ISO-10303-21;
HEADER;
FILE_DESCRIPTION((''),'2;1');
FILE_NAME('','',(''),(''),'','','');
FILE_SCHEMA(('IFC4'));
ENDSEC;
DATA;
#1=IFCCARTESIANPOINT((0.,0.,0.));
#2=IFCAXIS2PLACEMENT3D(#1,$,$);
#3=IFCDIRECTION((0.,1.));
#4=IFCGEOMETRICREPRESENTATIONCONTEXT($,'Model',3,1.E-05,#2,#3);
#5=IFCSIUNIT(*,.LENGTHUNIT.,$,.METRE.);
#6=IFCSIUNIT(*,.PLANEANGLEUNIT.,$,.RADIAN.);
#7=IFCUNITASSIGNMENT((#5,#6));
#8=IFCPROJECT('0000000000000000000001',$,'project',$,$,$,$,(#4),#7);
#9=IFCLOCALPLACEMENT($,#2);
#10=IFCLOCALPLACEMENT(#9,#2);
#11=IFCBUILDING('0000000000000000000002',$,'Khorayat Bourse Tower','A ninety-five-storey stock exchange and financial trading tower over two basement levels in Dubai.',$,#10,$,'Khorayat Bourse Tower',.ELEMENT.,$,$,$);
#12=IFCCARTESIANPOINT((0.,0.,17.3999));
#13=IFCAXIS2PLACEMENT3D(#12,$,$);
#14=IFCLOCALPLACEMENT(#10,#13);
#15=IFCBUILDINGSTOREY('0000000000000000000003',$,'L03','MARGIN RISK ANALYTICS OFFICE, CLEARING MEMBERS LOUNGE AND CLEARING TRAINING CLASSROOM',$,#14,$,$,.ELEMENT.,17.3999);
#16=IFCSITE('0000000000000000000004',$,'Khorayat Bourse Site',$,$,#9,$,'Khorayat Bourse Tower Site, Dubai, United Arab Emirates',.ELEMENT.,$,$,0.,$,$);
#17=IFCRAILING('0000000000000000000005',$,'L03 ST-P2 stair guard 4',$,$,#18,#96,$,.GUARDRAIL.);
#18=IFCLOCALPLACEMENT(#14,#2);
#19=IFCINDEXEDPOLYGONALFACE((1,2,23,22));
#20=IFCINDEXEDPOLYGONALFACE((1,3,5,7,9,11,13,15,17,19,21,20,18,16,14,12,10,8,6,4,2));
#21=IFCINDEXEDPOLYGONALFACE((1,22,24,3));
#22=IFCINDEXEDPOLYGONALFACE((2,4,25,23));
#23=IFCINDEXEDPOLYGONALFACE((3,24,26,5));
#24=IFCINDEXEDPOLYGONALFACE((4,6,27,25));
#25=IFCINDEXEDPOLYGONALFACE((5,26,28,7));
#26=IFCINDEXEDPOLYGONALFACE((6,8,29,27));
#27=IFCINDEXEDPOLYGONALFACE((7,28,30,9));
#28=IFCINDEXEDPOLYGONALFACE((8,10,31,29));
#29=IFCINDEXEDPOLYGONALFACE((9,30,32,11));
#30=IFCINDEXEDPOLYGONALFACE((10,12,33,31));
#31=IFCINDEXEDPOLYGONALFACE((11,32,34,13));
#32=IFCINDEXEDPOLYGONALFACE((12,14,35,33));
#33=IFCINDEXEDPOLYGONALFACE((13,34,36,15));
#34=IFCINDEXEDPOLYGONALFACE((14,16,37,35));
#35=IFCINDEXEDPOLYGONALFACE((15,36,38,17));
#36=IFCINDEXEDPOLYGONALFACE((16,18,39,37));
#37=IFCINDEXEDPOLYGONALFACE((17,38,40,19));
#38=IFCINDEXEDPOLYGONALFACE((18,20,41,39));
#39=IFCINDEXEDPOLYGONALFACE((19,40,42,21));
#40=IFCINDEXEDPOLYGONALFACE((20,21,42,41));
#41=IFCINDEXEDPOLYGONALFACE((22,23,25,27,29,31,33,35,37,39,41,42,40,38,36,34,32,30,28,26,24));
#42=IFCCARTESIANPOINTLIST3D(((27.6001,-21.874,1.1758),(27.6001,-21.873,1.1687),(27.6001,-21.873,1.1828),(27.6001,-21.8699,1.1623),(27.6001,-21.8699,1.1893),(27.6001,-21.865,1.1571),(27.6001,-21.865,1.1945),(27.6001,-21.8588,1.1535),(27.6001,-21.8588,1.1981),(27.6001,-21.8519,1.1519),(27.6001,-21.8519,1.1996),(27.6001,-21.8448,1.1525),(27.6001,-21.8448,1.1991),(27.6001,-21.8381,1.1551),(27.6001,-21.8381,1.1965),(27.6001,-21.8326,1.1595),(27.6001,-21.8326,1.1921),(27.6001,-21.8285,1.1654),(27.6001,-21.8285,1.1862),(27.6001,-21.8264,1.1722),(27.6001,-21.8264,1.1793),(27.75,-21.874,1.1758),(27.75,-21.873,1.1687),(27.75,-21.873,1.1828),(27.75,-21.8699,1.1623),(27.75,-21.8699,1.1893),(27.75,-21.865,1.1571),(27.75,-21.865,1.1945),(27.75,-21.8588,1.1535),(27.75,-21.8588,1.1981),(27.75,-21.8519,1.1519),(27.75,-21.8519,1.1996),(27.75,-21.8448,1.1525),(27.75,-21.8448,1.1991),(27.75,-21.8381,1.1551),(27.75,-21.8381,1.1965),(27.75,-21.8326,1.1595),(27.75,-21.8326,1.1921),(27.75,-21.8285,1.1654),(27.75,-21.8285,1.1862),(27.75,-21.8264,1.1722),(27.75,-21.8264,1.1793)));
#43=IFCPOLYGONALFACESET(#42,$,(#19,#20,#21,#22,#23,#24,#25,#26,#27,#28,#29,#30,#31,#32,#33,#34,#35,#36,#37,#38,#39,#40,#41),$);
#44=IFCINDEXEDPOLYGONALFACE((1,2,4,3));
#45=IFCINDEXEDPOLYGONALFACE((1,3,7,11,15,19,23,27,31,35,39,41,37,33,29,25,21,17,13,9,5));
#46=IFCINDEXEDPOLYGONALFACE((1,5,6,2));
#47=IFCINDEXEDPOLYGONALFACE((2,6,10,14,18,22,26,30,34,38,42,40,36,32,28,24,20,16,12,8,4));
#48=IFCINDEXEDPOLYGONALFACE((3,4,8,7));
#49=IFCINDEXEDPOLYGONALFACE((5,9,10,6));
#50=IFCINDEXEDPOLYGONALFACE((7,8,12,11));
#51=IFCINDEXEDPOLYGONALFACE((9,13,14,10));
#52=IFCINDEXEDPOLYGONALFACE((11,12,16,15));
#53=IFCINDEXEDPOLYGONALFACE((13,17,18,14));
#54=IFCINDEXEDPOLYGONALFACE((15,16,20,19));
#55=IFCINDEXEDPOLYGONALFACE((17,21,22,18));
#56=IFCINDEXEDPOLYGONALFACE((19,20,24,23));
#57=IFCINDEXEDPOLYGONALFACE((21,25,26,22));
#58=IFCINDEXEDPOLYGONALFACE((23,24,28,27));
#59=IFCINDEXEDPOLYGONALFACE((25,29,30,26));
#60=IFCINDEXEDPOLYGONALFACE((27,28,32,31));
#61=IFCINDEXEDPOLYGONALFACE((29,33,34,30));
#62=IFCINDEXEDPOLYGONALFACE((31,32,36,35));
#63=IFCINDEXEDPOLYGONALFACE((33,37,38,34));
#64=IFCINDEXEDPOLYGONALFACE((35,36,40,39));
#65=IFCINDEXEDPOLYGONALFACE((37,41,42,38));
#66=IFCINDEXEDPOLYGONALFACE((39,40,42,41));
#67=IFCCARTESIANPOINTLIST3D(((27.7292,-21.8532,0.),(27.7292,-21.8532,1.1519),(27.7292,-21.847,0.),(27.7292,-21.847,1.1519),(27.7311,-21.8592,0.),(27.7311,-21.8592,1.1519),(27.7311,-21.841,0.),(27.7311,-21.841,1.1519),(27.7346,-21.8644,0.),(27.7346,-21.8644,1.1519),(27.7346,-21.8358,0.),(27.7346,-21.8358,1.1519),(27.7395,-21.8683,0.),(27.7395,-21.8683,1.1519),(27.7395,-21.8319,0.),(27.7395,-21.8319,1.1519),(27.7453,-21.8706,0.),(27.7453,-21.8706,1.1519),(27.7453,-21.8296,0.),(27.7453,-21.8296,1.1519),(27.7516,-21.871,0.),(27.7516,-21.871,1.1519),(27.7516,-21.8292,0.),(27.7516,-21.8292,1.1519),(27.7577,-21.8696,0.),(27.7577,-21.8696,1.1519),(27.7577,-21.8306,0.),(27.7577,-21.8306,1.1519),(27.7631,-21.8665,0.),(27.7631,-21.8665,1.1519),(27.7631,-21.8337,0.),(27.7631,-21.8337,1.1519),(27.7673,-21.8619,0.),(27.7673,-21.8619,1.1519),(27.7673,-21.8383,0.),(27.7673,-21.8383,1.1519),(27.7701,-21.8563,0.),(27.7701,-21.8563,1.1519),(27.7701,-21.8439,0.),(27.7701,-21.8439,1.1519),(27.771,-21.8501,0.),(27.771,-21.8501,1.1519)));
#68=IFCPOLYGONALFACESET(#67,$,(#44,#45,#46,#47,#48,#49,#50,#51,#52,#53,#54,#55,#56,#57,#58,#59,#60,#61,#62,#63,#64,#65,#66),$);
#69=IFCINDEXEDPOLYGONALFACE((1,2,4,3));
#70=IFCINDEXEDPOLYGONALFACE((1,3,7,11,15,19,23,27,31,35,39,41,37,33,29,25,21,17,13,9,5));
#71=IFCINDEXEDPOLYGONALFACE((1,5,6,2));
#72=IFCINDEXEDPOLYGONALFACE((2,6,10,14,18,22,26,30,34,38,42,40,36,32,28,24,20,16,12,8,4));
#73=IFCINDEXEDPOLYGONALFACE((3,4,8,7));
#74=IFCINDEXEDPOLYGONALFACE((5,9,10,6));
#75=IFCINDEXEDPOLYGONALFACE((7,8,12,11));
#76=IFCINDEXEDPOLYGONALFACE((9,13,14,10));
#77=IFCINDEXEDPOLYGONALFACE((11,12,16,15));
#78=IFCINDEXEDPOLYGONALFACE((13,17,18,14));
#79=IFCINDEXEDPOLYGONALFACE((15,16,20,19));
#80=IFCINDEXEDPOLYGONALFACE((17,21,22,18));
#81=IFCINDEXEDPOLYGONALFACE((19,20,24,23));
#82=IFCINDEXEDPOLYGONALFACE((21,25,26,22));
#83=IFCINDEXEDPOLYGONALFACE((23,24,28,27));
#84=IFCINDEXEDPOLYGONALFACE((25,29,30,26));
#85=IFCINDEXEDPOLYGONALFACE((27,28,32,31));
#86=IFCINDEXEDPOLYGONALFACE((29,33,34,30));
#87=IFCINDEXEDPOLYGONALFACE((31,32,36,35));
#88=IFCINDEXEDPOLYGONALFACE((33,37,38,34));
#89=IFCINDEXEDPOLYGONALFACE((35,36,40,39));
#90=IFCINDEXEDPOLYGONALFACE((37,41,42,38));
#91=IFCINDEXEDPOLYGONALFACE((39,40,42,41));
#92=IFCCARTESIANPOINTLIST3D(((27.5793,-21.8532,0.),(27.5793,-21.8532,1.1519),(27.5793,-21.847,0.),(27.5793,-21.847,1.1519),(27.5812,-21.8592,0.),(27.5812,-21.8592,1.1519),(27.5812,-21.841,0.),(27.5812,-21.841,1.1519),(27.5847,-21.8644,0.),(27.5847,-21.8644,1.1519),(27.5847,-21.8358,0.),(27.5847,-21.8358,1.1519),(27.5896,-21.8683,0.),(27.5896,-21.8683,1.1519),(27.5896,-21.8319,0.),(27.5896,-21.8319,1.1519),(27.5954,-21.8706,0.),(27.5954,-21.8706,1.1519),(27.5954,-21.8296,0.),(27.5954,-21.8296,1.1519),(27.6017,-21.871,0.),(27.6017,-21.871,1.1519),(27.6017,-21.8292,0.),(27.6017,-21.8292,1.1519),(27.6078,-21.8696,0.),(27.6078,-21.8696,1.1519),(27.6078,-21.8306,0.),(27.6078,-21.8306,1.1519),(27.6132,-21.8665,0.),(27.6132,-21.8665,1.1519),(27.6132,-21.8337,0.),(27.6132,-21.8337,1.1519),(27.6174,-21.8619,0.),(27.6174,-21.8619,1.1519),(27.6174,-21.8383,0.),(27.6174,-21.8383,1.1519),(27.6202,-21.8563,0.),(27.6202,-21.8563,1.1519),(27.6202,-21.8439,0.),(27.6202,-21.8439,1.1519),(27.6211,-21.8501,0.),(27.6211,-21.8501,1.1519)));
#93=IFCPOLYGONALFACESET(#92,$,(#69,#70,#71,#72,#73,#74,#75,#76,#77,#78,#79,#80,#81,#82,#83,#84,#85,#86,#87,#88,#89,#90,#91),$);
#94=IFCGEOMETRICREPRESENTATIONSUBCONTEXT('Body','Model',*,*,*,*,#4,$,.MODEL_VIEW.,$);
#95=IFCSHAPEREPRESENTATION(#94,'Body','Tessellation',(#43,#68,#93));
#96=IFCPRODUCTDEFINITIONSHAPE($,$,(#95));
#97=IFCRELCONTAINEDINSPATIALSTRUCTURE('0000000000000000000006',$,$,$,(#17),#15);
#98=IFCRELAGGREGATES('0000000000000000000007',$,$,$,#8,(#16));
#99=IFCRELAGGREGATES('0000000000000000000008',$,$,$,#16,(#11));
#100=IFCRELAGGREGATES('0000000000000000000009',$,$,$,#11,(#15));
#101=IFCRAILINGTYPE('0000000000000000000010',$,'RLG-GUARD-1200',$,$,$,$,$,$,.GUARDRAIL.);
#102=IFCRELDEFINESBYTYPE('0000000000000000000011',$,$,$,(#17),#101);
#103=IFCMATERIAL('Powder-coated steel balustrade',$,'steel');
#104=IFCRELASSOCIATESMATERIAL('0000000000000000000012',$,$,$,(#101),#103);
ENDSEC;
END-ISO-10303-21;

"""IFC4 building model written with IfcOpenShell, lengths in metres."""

from ifc_helpers import new_model, si_unit, direction, frame, origin, origin_2d, place, context, subcontext, project, spatial, circle, extrude, source, transform, mapped, material, type_object, element, save


model = new_model("IFC4")

# Units and contexts
model_context = context("Model", 3, precision=1e-05, world=origin(), true_north=direction((0.0, 1.0)))
body_context = subcontext(model_context, "Body", "Model", "MODEL_VIEW")
ifc_project = project(units=[si_unit("LENGTHUNIT", "METRE"), si_unit("PLANEANGLEUNIT", "RADIAN")], contexts=[model_context])

# Site, building, storey
site_placement = place(None, origin())
site = spatial("IfcSite", under=ifc_project, at=site_placement, Name="Khorayat Bourse Site", LongName="Khorayat Bourse Tower Site, Dubai, United Arab Emirates", CompositionType="ELEMENT", RefElevation=0.0)
building_placement = place(site_placement, origin())
building = spatial("IfcBuilding", under=site, at=building_placement, Name="Khorayat Bourse Tower", Description="A ninety-five-storey stock exchange and financial trading tower over two basement levels in Dubai.", LongName="Khorayat Bourse Tower", CompositionType="ELEMENT")
storey_placement = place(building_placement, frame((0.0, 0.0, 17.3999)))
storey = spatial("IfcBuildingStorey", under=building, at=storey_placement, Name="L03", Description="MARGIN RISK ANALYTICS OFFICE, CLEARING MEMBERS LOUNGE AND CLEARING TRAINING CLASSROOM", CompositionType="ELEMENT", Elevation=17.3999)

# Railing
ifc_material_1 = material(Name="Powder-coated steel balustrade", Category="steel")
railing_type_1 = type_object("IfcRailingType", Name="RLG-GUARD-1200", PredefinedType="GUARDRAIL", material=ifc_material_1)
shared_shape_1 = source(origin(), body_context, "Body", "SweptSolid", [
    extrude(circle(Radius=0.0239, at=origin_2d()), frame((0.0, 0.0, 1.1758), z_axis=(-1.0, 0.0, 0.0), x_axis=(0.0, -1.0, 0.0)), (0.0, 0.0, 1.0), 0.1499),
    extrude(circle(Radius=0.021, at=origin_2d()), origin(), (0.0, 0.0, 1.0), 1.1519),
    extrude(circle(Radius=0.021, at=origin_2d()), frame((-0.1499, 0.0, 0.0)), (0.0, 0.0, 1.0), 1.1519),
])
railing_1_placement = place(storey_placement, frame((27.75, -21.8501, 0.0)))
element("IfcRailing", 1, at=railing_1_placement, inside=storey, type_object=railing_type_1, Name="L03 ST-P2 stair guard 4", PredefinedType="GUARDRAIL", context=body_context, shape_type="MappedRepresentation", body=[
    mapped(shared_shape_1, transform((0.0, 0.0, 0.0), scale=1.0)),
])

save(model, "model.ifc")
